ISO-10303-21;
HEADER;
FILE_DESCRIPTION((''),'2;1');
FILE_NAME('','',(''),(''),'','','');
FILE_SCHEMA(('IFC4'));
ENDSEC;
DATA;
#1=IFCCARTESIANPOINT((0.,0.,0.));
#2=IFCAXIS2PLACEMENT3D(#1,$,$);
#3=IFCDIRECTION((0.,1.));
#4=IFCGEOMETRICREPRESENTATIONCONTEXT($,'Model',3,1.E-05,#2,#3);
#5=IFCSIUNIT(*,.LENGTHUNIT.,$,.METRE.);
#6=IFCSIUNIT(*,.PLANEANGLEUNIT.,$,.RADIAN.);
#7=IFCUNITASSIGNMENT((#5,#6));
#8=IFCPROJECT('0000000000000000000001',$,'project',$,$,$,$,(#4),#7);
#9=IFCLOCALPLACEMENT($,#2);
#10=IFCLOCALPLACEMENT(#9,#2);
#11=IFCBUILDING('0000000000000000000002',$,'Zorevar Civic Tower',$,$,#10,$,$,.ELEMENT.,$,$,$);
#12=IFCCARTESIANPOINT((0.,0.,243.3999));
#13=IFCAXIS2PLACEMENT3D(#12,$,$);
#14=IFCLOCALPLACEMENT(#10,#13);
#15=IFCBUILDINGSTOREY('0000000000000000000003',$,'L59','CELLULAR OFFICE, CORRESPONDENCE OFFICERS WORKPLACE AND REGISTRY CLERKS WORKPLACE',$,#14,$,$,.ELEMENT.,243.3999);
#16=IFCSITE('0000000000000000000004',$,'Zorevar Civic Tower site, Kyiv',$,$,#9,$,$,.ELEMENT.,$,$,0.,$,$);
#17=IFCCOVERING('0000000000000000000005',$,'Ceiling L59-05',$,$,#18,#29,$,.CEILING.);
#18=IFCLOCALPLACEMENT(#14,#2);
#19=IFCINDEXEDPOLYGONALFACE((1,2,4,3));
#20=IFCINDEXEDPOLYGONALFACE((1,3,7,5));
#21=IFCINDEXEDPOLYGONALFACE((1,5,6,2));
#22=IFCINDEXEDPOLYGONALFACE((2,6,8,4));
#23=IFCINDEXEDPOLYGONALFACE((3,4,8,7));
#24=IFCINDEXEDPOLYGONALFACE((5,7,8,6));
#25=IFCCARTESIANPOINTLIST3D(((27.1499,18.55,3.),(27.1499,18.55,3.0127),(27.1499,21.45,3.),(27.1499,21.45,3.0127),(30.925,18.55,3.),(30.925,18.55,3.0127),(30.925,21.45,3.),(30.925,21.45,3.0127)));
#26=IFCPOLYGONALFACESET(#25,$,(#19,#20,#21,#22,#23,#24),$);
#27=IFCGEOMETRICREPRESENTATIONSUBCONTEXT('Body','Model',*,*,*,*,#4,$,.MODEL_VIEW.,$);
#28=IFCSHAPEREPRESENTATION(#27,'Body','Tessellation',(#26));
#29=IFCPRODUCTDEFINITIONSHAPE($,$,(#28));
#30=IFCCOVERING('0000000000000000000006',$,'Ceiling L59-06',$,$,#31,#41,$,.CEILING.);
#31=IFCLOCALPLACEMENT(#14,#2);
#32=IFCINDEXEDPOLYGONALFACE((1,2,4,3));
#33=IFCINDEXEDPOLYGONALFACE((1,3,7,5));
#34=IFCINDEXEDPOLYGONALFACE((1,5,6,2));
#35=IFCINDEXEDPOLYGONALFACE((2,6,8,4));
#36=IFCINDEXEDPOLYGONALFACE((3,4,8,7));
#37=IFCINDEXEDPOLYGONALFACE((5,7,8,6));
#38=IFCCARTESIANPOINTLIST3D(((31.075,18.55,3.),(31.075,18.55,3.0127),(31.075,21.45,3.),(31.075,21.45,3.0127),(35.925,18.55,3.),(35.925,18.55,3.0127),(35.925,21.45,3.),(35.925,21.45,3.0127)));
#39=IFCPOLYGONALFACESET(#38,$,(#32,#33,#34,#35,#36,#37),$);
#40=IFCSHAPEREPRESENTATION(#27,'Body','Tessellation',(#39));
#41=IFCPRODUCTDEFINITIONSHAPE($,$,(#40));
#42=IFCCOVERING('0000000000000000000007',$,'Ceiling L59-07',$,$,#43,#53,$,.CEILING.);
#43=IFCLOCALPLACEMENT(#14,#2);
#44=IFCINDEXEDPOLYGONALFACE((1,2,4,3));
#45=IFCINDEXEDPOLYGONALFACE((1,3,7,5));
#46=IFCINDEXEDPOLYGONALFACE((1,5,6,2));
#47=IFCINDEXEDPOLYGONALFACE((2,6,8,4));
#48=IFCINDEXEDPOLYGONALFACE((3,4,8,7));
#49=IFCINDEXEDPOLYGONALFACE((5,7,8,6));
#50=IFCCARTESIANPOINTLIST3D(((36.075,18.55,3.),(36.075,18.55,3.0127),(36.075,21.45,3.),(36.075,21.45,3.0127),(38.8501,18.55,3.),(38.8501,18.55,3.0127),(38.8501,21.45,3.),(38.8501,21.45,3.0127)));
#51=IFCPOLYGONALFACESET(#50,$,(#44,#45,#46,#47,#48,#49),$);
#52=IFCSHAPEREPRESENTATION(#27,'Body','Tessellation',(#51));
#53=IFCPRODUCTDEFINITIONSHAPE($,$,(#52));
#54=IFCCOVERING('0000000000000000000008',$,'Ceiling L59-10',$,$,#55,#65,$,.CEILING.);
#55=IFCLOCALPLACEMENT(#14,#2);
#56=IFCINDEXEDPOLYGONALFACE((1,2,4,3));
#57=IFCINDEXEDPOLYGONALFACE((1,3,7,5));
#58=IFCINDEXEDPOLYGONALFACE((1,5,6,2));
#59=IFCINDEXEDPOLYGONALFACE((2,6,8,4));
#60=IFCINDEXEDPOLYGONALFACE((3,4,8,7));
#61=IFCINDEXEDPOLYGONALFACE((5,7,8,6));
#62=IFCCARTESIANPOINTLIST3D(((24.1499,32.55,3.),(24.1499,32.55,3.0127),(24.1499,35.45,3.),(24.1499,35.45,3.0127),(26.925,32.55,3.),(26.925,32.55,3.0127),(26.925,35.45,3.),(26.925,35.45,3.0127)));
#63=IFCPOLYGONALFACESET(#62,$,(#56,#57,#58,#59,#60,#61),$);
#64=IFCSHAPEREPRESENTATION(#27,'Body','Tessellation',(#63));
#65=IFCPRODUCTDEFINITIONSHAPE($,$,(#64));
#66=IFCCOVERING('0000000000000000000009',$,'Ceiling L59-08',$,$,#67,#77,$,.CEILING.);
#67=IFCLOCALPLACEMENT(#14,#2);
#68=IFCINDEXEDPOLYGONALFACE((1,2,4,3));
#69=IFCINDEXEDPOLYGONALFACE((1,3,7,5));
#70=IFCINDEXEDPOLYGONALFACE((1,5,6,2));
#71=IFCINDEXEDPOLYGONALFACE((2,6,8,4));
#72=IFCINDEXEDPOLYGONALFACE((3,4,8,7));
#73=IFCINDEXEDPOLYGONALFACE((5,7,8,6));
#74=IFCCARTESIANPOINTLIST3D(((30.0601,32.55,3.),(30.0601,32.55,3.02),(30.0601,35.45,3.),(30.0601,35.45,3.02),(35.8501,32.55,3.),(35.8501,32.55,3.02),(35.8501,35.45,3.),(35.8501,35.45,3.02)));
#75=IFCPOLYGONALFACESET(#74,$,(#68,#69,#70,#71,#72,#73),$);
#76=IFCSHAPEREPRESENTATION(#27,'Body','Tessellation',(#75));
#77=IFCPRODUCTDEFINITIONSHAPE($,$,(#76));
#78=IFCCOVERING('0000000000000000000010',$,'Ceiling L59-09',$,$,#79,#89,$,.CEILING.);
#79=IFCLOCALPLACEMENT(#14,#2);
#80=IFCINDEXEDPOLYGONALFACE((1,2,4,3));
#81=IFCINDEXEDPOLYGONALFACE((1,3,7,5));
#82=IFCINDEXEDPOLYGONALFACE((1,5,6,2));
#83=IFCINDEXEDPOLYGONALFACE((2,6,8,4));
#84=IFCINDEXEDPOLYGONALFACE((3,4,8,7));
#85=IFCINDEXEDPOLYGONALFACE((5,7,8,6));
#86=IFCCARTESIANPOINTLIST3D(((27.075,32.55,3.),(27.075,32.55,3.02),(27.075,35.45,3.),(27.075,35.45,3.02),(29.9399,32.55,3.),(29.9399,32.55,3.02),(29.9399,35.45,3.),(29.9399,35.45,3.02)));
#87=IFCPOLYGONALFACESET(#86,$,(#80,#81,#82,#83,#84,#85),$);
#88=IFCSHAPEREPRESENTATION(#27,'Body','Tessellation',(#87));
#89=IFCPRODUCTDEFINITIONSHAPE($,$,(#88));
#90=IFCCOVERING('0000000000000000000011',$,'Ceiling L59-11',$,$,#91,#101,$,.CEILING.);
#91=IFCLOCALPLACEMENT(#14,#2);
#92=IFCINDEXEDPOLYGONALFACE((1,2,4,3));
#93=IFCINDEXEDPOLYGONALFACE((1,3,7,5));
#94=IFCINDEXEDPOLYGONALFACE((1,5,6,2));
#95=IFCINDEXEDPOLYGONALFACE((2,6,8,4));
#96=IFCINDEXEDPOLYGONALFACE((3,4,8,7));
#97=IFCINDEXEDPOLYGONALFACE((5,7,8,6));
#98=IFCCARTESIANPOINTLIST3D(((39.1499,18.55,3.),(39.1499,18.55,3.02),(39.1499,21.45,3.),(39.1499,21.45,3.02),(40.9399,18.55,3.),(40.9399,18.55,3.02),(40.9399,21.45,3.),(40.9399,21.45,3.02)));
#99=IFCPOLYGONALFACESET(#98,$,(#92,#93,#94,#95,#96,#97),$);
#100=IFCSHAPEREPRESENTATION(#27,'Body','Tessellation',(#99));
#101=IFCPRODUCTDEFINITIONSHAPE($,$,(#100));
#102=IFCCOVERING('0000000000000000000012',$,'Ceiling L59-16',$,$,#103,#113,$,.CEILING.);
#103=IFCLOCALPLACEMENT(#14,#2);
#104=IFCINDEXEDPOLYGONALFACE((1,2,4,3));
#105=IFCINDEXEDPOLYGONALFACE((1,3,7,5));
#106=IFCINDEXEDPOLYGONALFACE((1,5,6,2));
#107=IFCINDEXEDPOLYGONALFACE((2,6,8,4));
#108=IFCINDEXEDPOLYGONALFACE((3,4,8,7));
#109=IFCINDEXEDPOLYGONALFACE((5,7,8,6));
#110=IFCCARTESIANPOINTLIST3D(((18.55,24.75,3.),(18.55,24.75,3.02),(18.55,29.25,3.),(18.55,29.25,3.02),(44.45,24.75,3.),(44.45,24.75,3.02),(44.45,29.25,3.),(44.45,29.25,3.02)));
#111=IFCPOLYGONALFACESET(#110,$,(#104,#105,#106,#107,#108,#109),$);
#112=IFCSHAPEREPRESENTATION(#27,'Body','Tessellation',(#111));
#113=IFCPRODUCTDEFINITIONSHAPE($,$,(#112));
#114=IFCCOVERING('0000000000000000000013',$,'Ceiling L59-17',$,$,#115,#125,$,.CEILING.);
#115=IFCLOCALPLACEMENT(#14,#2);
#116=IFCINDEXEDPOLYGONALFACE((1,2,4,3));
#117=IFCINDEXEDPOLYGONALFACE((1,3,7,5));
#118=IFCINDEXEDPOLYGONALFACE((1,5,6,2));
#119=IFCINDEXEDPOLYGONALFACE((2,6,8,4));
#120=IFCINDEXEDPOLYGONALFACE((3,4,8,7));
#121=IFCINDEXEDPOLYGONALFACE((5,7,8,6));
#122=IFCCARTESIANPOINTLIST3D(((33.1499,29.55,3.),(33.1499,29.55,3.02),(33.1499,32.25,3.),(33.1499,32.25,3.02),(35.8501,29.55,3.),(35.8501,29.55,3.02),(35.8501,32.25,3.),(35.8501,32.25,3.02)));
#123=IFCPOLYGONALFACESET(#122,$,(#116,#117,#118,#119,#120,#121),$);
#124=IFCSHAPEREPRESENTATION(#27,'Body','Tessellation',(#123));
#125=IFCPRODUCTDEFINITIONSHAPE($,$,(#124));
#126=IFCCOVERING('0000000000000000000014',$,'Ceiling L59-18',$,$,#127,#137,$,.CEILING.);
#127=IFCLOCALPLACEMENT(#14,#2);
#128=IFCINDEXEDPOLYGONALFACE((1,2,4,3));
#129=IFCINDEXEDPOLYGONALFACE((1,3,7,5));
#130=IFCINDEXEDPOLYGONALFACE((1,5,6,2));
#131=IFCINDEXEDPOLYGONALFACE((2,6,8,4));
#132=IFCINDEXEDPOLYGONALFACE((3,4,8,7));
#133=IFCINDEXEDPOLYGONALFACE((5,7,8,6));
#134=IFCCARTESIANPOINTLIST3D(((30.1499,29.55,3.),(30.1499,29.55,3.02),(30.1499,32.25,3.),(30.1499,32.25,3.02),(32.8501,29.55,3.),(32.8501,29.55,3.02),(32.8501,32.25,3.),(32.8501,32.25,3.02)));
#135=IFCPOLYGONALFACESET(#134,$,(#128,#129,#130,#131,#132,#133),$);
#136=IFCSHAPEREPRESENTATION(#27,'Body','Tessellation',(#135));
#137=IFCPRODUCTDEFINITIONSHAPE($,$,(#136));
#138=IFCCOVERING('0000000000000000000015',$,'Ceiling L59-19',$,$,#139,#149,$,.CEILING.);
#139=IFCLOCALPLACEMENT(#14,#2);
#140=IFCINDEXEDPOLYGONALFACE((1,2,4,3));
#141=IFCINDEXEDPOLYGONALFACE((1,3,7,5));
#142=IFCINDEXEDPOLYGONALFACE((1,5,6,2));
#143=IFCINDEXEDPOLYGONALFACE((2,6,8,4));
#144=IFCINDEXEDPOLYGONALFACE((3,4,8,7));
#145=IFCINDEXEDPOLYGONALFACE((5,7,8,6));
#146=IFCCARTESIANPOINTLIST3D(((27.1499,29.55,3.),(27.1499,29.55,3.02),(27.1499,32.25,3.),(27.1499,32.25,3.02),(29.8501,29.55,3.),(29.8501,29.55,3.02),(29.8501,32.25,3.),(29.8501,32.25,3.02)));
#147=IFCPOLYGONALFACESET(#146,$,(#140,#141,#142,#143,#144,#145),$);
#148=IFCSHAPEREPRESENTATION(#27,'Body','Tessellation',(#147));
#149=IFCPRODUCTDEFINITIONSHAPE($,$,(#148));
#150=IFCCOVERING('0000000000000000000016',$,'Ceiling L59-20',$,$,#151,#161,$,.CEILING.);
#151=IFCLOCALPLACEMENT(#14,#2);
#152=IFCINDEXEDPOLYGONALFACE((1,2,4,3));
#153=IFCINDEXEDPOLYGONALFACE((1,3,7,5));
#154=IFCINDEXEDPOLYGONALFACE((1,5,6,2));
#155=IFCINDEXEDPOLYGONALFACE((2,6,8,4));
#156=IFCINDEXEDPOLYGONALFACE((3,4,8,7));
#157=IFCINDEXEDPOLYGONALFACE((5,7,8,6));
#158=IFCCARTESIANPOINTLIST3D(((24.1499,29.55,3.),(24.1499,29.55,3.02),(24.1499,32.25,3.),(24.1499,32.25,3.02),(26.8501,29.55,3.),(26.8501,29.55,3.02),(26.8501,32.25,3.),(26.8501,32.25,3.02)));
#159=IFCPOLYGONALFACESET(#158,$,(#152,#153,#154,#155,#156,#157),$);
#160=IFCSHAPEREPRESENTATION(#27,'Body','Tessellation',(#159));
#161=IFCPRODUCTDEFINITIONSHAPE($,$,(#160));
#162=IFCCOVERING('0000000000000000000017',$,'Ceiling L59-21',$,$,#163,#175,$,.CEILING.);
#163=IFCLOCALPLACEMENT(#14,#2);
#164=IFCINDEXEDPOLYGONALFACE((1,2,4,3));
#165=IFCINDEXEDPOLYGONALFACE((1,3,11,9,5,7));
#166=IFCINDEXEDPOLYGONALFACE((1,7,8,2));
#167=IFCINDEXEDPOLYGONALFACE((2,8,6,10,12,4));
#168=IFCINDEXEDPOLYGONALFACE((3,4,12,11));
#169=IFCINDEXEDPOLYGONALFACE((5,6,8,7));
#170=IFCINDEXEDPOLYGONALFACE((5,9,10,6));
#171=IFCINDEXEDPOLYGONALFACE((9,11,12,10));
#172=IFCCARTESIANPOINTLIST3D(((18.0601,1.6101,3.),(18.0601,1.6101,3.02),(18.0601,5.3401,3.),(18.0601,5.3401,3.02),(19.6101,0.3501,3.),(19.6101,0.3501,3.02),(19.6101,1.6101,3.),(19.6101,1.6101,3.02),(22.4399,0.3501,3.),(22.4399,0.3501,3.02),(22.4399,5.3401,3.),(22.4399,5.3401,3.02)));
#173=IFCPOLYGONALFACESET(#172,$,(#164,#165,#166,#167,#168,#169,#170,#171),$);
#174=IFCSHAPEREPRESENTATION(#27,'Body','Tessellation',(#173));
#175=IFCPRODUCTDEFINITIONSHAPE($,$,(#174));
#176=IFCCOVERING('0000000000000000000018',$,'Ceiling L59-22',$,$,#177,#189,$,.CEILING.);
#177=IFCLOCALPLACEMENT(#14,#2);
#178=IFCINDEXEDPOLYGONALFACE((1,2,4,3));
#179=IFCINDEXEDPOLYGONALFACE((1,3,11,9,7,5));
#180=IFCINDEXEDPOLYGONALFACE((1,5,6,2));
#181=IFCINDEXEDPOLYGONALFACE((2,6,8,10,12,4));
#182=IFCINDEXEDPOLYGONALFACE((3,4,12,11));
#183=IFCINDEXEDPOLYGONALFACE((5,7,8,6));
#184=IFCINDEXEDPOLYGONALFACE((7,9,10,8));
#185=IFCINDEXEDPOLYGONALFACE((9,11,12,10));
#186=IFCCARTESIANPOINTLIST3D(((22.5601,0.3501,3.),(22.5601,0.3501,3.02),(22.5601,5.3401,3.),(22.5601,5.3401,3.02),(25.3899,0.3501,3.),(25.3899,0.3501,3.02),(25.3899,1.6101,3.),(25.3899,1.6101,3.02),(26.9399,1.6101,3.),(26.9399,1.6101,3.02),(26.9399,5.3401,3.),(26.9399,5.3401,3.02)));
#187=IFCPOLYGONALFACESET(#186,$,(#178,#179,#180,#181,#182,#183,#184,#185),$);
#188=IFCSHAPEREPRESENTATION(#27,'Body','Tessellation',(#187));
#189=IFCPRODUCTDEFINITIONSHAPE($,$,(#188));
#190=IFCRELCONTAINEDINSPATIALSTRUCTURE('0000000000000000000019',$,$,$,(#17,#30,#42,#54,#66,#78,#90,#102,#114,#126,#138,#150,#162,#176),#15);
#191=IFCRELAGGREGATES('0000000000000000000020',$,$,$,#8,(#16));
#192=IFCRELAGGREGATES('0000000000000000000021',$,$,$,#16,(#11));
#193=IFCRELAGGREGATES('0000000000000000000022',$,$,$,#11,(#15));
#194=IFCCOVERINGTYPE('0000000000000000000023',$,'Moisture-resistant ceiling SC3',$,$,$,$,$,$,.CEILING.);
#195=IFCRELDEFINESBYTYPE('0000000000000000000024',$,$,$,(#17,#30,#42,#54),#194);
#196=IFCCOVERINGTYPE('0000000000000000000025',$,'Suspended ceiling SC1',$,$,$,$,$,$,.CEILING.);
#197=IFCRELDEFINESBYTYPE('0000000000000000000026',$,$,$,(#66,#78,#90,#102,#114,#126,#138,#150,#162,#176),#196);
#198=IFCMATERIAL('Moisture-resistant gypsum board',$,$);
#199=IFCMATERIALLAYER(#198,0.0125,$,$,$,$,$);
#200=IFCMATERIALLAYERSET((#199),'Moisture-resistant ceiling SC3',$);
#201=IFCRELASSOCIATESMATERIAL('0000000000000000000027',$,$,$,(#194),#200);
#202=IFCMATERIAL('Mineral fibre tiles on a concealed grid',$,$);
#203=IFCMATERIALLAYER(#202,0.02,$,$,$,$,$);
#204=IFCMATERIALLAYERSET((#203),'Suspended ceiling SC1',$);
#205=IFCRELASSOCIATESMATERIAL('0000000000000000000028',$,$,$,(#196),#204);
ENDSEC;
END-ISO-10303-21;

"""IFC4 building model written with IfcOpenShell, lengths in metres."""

from ifc_helpers import new_model, si_unit, direction, frame, origin, place, context, subcontext, project, spatial, polyline, outline, extrude, material, layer, layer_set, type_object, element, save


model = new_model("IFC4")

# Units and contexts
model_context = context("Model", 3, precision=1e-05, world=origin(), true_north=direction((0.0, 1.0)))
body_context = subcontext(model_context, "Body", "Model", "MODEL_VIEW")
ifc_project = project(units=[si_unit("LENGTHUNIT", "METRE"), si_unit("PLANEANGLEUNIT", "RADIAN")], contexts=[model_context])

# Site, building, storey
site_placement = place(None, origin())
site = spatial("IfcSite", under=ifc_project, at=site_placement, Name="Zorevar Civic Tower site, Kyiv", CompositionType="ELEMENT", RefElevation=0.0)
building_placement = place(site_placement, origin())
building = spatial("IfcBuilding", under=site, at=building_placement, Name="Zorevar Civic Tower", CompositionType="ELEMENT")
storey_placement = place(building_placement, frame((0.0, 0.0, 243.3999)))
storey = spatial("IfcBuildingStorey", under=building, at=storey_placement, Name="L59", Description="CELLULAR OFFICE, CORRESPONDENCE OFFICERS WORKPLACE AND REGISTRY CLERKS WORKPLACE", CompositionType="ELEMENT", Elevation=243.3999)

# Coverings
ifc_material_1 = material(Name="Moisture-resistant gypsum board")
ifc_layer_1 = layer(ifc_material_1, 0.0125)
ifc_layer_set_1 = layer_set([ifc_layer_1], Name="Moisture-resistant ceiling SC3")
covering_type_1 = type_object("IfcCoveringType", Name="Moisture-resistant ceiling SC3", PredefinedType="CEILING", material=ifc_layer_set_1)
covering_1_placement = place(storey_placement, frame((0.0, 0.0, 3.0)))
element("IfcCovering", 1, at=covering_1_placement, inside=storey, type_object=covering_type_1, Name="Ceiling L59-05", PredefinedType="CEILING", context=body_context, shape_type="SweptSolid", body=[
    extrude(outline(polyline([(30.925, 18.55), (30.925, 21.45), (27.1499, 21.45), (27.1499, 18.55), (30.925, 18.55)])), origin(), (0.0, 0.0, 1.0), 0.0127),
])
covering_2_placement = place(storey_placement, frame((0.0, 0.0, 3.0)))
element("IfcCovering", 2, at=covering_2_placement, inside=storey, type_object=covering_type_1, Name="Ceiling L59-06", PredefinedType="CEILING", context=body_context, shape_type="SweptSolid", body=[
    extrude(outline(polyline([(35.925, 18.55), (35.925, 21.45), (31.075, 21.45), (31.075, 18.55), (35.925, 18.55)])), origin(), (0.0, 0.0, 1.0), 0.0127),
])
covering_3_placement = place(storey_placement, frame((0.0, 0.0, 3.0)))
element("IfcCovering", 3, at=covering_3_placement, inside=storey, type_object=covering_type_1, Name="Ceiling L59-07", PredefinedType="CEILING", context=body_context, shape_type="SweptSolid", body=[
    extrude(outline(polyline([(38.8501, 18.55), (38.8501, 21.45), (36.075, 21.45), (36.075, 18.55), (38.8501, 18.55)])), origin(), (0.0, 0.0, 1.0), 0.0127),
])
covering_4_placement = place(storey_placement, frame((0.0, 0.0, 3.0)))
element("IfcCovering", 4, at=covering_4_placement, inside=storey, type_object=covering_type_1, Name="Ceiling L59-10", PredefinedType="CEILING", context=body_context, shape_type="SweptSolid", body=[
    extrude(outline(polyline([(26.925, 32.55), (26.925, 35.45), (24.1499, 35.45), (24.1499, 32.55), (26.925, 32.55)])), origin(), (0.0, 0.0, 1.0), 0.0127),
])
ifc_material_2 = material(Name="Mineral fibre tiles on a concealed grid")
ifc_layer_2 = layer(ifc_material_2, 0.02)
ifc_layer_set_2 = layer_set([ifc_layer_2], Name="Suspended ceiling SC1")
covering_type_2 = type_object("IfcCoveringType", Name="Suspended ceiling SC1", PredefinedType="CEILING", material=ifc_layer_set_2)
covering_5_placement = place(storey_placement, frame((0.0, 0.0, 3.0)))
element("IfcCovering", 5, at=covering_5_placement, inside=storey, type_object=covering_type_2, Name="Ceiling L59-08", PredefinedType="CEILING", context=body_context, shape_type="SweptSolid", body=[
    extrude(outline(polyline([(35.8501, 32.55), (35.8501, 35.45), (30.0601, 35.45), (30.0601, 32.55), (35.8501, 32.55)])), origin(), (0.0, 0.0, 1.0), 0.02),
])
covering_6_placement = place(storey_placement, frame((0.0, 0.0, 3.0)))
element("IfcCovering", 6, at=covering_6_placement, inside=storey, type_object=covering_type_2, Name="Ceiling L59-09", PredefinedType="CEILING", context=body_context, shape_type="SweptSolid", body=[
    extrude(outline(polyline([(29.9399, 32.55), (29.9399, 35.45), (27.075, 35.45), (27.075, 32.55), (29.9399, 32.55)])), origin(), (0.0, 0.0, 1.0), 0.02),
])
covering_7_placement = place(storey_placement, frame((0.0, 0.0, 3.0)))
element("IfcCovering", 7, at=covering_7_placement, inside=storey, type_object=covering_type_2, Name="Ceiling L59-11", PredefinedType="CEILING", context=body_context, shape_type="SweptSolid", body=[
    extrude(outline(polyline([(40.9399, 18.55), (40.9399, 21.45), (39.1499, 21.45), (39.1499, 18.55), (40.9399, 18.55)])), origin(), (0.0, 0.0, 1.0), 0.02),
])
covering_8_placement = place(storey_placement, frame((0.0, 0.0, 3.0)))
element("IfcCovering", 8, at=covering_8_placement, inside=storey, type_object=covering_type_2, Name="Ceiling L59-16", PredefinedType="CEILING", context=body_context, shape_type="SweptSolid", body=[
    extrude(outline(polyline([(44.45, 24.75), (44.45, 29.25), (18.55, 29.25), (18.55, 24.75), (44.45, 24.75)])), origin(), (0.0, 0.0, 1.0), 0.02),
])
covering_9_placement = place(storey_placement, frame((0.0, 0.0, 3.0)))
element("IfcCovering", 9, at=covering_9_placement, inside=storey, type_object=covering_type_2, Name="Ceiling L59-17", PredefinedType="CEILING", context=body_context, shape_type="SweptSolid", body=[
    extrude(outline(polyline([(35.8501, 29.55), (35.8501, 32.25), (33.1499, 32.25), (33.1499, 29.55), (35.8501, 29.55)])), origin(), (0.0, 0.0, 1.0), 0.02),
])
covering_10_placement = place(storey_placement, frame((0.0, 0.0, 3.0)))
element("IfcCovering", 10, at=covering_10_placement, inside=storey, type_object=covering_type_2, Name="Ceiling L59-18", PredefinedType="CEILING", context=body_context, shape_type="SweptSolid", body=[
    extrude(outline(polyline([(32.8501, 29.55), (32.8501, 32.25), (30.1499, 32.25), (30.1499, 29.55), (32.8501, 29.55)])), origin(), (0.0, 0.0, 1.0), 0.02),
])
covering_11_placement = place(storey_placement, frame((0.0, 0.0, 3.0)))
element("IfcCovering", 11, at=covering_11_placement, inside=storey, type_object=covering_type_2, Name="Ceiling L59-19", PredefinedType="CEILING", context=body_context, shape_type="SweptSolid", body=[
    extrude(outline(polyline([(29.8501, 29.55), (29.8501, 32.25), (27.1499, 32.25), (27.1499, 29.55), (29.8501, 29.55)])), origin(), (0.0, 0.0, 1.0), 0.02),
])
covering_12_placement = place(storey_placement, frame((0.0, 0.0, 3.0)))
element("IfcCovering", 12, at=covering_12_placement, inside=storey, type_object=covering_type_2, Name="Ceiling L59-20", PredefinedType="CEILING", context=body_context, shape_type="SweptSolid", body=[
    extrude(outline(polyline([(26.8501, 29.55), (26.8501, 32.25), (24.1499, 32.25), (24.1499, 29.55), (26.8501, 29.55)])), origin(), (0.0, 0.0, 1.0), 0.02),
])
covering_13_placement = place(storey_placement, frame((0.0, 0.0, 3.0)))
element("IfcCovering", 13, at=covering_13_placement, inside=storey, type_object=covering_type_2, Name="Ceiling L59-21", PredefinedType="CEILING", context=body_context, shape_type="SweptSolid", body=[
    extrude(outline(polyline([(22.4399, 5.3401), (22.4399, 0.3501), (19.6101, 0.3501), (19.6101, 1.6101), (18.0601, 1.6101), (18.0601, 5.3401), (22.4399, 5.3401)])), origin(), (0.0, 0.0, 1.0), 0.02),
])
covering_14_placement = place(storey_placement, frame((0.0, 0.0, 3.0)))
element("IfcCovering", 14, at=covering_14_placement, inside=storey, type_object=covering_type_2, Name="Ceiling L59-22", PredefinedType="CEILING", context=body_context, shape_type="SweptSolid", body=[
    extrude(outline(polyline([(26.9399, 5.3401), (26.9399, 1.6101), (25.3899, 1.6101), (25.3899, 0.3501), (22.5601, 0.3501), (22.5601, 5.3401), (26.9399, 5.3401)])), origin(), (0.0, 0.0, 1.0), 0.02),
])

save(model, "model.ifc")
